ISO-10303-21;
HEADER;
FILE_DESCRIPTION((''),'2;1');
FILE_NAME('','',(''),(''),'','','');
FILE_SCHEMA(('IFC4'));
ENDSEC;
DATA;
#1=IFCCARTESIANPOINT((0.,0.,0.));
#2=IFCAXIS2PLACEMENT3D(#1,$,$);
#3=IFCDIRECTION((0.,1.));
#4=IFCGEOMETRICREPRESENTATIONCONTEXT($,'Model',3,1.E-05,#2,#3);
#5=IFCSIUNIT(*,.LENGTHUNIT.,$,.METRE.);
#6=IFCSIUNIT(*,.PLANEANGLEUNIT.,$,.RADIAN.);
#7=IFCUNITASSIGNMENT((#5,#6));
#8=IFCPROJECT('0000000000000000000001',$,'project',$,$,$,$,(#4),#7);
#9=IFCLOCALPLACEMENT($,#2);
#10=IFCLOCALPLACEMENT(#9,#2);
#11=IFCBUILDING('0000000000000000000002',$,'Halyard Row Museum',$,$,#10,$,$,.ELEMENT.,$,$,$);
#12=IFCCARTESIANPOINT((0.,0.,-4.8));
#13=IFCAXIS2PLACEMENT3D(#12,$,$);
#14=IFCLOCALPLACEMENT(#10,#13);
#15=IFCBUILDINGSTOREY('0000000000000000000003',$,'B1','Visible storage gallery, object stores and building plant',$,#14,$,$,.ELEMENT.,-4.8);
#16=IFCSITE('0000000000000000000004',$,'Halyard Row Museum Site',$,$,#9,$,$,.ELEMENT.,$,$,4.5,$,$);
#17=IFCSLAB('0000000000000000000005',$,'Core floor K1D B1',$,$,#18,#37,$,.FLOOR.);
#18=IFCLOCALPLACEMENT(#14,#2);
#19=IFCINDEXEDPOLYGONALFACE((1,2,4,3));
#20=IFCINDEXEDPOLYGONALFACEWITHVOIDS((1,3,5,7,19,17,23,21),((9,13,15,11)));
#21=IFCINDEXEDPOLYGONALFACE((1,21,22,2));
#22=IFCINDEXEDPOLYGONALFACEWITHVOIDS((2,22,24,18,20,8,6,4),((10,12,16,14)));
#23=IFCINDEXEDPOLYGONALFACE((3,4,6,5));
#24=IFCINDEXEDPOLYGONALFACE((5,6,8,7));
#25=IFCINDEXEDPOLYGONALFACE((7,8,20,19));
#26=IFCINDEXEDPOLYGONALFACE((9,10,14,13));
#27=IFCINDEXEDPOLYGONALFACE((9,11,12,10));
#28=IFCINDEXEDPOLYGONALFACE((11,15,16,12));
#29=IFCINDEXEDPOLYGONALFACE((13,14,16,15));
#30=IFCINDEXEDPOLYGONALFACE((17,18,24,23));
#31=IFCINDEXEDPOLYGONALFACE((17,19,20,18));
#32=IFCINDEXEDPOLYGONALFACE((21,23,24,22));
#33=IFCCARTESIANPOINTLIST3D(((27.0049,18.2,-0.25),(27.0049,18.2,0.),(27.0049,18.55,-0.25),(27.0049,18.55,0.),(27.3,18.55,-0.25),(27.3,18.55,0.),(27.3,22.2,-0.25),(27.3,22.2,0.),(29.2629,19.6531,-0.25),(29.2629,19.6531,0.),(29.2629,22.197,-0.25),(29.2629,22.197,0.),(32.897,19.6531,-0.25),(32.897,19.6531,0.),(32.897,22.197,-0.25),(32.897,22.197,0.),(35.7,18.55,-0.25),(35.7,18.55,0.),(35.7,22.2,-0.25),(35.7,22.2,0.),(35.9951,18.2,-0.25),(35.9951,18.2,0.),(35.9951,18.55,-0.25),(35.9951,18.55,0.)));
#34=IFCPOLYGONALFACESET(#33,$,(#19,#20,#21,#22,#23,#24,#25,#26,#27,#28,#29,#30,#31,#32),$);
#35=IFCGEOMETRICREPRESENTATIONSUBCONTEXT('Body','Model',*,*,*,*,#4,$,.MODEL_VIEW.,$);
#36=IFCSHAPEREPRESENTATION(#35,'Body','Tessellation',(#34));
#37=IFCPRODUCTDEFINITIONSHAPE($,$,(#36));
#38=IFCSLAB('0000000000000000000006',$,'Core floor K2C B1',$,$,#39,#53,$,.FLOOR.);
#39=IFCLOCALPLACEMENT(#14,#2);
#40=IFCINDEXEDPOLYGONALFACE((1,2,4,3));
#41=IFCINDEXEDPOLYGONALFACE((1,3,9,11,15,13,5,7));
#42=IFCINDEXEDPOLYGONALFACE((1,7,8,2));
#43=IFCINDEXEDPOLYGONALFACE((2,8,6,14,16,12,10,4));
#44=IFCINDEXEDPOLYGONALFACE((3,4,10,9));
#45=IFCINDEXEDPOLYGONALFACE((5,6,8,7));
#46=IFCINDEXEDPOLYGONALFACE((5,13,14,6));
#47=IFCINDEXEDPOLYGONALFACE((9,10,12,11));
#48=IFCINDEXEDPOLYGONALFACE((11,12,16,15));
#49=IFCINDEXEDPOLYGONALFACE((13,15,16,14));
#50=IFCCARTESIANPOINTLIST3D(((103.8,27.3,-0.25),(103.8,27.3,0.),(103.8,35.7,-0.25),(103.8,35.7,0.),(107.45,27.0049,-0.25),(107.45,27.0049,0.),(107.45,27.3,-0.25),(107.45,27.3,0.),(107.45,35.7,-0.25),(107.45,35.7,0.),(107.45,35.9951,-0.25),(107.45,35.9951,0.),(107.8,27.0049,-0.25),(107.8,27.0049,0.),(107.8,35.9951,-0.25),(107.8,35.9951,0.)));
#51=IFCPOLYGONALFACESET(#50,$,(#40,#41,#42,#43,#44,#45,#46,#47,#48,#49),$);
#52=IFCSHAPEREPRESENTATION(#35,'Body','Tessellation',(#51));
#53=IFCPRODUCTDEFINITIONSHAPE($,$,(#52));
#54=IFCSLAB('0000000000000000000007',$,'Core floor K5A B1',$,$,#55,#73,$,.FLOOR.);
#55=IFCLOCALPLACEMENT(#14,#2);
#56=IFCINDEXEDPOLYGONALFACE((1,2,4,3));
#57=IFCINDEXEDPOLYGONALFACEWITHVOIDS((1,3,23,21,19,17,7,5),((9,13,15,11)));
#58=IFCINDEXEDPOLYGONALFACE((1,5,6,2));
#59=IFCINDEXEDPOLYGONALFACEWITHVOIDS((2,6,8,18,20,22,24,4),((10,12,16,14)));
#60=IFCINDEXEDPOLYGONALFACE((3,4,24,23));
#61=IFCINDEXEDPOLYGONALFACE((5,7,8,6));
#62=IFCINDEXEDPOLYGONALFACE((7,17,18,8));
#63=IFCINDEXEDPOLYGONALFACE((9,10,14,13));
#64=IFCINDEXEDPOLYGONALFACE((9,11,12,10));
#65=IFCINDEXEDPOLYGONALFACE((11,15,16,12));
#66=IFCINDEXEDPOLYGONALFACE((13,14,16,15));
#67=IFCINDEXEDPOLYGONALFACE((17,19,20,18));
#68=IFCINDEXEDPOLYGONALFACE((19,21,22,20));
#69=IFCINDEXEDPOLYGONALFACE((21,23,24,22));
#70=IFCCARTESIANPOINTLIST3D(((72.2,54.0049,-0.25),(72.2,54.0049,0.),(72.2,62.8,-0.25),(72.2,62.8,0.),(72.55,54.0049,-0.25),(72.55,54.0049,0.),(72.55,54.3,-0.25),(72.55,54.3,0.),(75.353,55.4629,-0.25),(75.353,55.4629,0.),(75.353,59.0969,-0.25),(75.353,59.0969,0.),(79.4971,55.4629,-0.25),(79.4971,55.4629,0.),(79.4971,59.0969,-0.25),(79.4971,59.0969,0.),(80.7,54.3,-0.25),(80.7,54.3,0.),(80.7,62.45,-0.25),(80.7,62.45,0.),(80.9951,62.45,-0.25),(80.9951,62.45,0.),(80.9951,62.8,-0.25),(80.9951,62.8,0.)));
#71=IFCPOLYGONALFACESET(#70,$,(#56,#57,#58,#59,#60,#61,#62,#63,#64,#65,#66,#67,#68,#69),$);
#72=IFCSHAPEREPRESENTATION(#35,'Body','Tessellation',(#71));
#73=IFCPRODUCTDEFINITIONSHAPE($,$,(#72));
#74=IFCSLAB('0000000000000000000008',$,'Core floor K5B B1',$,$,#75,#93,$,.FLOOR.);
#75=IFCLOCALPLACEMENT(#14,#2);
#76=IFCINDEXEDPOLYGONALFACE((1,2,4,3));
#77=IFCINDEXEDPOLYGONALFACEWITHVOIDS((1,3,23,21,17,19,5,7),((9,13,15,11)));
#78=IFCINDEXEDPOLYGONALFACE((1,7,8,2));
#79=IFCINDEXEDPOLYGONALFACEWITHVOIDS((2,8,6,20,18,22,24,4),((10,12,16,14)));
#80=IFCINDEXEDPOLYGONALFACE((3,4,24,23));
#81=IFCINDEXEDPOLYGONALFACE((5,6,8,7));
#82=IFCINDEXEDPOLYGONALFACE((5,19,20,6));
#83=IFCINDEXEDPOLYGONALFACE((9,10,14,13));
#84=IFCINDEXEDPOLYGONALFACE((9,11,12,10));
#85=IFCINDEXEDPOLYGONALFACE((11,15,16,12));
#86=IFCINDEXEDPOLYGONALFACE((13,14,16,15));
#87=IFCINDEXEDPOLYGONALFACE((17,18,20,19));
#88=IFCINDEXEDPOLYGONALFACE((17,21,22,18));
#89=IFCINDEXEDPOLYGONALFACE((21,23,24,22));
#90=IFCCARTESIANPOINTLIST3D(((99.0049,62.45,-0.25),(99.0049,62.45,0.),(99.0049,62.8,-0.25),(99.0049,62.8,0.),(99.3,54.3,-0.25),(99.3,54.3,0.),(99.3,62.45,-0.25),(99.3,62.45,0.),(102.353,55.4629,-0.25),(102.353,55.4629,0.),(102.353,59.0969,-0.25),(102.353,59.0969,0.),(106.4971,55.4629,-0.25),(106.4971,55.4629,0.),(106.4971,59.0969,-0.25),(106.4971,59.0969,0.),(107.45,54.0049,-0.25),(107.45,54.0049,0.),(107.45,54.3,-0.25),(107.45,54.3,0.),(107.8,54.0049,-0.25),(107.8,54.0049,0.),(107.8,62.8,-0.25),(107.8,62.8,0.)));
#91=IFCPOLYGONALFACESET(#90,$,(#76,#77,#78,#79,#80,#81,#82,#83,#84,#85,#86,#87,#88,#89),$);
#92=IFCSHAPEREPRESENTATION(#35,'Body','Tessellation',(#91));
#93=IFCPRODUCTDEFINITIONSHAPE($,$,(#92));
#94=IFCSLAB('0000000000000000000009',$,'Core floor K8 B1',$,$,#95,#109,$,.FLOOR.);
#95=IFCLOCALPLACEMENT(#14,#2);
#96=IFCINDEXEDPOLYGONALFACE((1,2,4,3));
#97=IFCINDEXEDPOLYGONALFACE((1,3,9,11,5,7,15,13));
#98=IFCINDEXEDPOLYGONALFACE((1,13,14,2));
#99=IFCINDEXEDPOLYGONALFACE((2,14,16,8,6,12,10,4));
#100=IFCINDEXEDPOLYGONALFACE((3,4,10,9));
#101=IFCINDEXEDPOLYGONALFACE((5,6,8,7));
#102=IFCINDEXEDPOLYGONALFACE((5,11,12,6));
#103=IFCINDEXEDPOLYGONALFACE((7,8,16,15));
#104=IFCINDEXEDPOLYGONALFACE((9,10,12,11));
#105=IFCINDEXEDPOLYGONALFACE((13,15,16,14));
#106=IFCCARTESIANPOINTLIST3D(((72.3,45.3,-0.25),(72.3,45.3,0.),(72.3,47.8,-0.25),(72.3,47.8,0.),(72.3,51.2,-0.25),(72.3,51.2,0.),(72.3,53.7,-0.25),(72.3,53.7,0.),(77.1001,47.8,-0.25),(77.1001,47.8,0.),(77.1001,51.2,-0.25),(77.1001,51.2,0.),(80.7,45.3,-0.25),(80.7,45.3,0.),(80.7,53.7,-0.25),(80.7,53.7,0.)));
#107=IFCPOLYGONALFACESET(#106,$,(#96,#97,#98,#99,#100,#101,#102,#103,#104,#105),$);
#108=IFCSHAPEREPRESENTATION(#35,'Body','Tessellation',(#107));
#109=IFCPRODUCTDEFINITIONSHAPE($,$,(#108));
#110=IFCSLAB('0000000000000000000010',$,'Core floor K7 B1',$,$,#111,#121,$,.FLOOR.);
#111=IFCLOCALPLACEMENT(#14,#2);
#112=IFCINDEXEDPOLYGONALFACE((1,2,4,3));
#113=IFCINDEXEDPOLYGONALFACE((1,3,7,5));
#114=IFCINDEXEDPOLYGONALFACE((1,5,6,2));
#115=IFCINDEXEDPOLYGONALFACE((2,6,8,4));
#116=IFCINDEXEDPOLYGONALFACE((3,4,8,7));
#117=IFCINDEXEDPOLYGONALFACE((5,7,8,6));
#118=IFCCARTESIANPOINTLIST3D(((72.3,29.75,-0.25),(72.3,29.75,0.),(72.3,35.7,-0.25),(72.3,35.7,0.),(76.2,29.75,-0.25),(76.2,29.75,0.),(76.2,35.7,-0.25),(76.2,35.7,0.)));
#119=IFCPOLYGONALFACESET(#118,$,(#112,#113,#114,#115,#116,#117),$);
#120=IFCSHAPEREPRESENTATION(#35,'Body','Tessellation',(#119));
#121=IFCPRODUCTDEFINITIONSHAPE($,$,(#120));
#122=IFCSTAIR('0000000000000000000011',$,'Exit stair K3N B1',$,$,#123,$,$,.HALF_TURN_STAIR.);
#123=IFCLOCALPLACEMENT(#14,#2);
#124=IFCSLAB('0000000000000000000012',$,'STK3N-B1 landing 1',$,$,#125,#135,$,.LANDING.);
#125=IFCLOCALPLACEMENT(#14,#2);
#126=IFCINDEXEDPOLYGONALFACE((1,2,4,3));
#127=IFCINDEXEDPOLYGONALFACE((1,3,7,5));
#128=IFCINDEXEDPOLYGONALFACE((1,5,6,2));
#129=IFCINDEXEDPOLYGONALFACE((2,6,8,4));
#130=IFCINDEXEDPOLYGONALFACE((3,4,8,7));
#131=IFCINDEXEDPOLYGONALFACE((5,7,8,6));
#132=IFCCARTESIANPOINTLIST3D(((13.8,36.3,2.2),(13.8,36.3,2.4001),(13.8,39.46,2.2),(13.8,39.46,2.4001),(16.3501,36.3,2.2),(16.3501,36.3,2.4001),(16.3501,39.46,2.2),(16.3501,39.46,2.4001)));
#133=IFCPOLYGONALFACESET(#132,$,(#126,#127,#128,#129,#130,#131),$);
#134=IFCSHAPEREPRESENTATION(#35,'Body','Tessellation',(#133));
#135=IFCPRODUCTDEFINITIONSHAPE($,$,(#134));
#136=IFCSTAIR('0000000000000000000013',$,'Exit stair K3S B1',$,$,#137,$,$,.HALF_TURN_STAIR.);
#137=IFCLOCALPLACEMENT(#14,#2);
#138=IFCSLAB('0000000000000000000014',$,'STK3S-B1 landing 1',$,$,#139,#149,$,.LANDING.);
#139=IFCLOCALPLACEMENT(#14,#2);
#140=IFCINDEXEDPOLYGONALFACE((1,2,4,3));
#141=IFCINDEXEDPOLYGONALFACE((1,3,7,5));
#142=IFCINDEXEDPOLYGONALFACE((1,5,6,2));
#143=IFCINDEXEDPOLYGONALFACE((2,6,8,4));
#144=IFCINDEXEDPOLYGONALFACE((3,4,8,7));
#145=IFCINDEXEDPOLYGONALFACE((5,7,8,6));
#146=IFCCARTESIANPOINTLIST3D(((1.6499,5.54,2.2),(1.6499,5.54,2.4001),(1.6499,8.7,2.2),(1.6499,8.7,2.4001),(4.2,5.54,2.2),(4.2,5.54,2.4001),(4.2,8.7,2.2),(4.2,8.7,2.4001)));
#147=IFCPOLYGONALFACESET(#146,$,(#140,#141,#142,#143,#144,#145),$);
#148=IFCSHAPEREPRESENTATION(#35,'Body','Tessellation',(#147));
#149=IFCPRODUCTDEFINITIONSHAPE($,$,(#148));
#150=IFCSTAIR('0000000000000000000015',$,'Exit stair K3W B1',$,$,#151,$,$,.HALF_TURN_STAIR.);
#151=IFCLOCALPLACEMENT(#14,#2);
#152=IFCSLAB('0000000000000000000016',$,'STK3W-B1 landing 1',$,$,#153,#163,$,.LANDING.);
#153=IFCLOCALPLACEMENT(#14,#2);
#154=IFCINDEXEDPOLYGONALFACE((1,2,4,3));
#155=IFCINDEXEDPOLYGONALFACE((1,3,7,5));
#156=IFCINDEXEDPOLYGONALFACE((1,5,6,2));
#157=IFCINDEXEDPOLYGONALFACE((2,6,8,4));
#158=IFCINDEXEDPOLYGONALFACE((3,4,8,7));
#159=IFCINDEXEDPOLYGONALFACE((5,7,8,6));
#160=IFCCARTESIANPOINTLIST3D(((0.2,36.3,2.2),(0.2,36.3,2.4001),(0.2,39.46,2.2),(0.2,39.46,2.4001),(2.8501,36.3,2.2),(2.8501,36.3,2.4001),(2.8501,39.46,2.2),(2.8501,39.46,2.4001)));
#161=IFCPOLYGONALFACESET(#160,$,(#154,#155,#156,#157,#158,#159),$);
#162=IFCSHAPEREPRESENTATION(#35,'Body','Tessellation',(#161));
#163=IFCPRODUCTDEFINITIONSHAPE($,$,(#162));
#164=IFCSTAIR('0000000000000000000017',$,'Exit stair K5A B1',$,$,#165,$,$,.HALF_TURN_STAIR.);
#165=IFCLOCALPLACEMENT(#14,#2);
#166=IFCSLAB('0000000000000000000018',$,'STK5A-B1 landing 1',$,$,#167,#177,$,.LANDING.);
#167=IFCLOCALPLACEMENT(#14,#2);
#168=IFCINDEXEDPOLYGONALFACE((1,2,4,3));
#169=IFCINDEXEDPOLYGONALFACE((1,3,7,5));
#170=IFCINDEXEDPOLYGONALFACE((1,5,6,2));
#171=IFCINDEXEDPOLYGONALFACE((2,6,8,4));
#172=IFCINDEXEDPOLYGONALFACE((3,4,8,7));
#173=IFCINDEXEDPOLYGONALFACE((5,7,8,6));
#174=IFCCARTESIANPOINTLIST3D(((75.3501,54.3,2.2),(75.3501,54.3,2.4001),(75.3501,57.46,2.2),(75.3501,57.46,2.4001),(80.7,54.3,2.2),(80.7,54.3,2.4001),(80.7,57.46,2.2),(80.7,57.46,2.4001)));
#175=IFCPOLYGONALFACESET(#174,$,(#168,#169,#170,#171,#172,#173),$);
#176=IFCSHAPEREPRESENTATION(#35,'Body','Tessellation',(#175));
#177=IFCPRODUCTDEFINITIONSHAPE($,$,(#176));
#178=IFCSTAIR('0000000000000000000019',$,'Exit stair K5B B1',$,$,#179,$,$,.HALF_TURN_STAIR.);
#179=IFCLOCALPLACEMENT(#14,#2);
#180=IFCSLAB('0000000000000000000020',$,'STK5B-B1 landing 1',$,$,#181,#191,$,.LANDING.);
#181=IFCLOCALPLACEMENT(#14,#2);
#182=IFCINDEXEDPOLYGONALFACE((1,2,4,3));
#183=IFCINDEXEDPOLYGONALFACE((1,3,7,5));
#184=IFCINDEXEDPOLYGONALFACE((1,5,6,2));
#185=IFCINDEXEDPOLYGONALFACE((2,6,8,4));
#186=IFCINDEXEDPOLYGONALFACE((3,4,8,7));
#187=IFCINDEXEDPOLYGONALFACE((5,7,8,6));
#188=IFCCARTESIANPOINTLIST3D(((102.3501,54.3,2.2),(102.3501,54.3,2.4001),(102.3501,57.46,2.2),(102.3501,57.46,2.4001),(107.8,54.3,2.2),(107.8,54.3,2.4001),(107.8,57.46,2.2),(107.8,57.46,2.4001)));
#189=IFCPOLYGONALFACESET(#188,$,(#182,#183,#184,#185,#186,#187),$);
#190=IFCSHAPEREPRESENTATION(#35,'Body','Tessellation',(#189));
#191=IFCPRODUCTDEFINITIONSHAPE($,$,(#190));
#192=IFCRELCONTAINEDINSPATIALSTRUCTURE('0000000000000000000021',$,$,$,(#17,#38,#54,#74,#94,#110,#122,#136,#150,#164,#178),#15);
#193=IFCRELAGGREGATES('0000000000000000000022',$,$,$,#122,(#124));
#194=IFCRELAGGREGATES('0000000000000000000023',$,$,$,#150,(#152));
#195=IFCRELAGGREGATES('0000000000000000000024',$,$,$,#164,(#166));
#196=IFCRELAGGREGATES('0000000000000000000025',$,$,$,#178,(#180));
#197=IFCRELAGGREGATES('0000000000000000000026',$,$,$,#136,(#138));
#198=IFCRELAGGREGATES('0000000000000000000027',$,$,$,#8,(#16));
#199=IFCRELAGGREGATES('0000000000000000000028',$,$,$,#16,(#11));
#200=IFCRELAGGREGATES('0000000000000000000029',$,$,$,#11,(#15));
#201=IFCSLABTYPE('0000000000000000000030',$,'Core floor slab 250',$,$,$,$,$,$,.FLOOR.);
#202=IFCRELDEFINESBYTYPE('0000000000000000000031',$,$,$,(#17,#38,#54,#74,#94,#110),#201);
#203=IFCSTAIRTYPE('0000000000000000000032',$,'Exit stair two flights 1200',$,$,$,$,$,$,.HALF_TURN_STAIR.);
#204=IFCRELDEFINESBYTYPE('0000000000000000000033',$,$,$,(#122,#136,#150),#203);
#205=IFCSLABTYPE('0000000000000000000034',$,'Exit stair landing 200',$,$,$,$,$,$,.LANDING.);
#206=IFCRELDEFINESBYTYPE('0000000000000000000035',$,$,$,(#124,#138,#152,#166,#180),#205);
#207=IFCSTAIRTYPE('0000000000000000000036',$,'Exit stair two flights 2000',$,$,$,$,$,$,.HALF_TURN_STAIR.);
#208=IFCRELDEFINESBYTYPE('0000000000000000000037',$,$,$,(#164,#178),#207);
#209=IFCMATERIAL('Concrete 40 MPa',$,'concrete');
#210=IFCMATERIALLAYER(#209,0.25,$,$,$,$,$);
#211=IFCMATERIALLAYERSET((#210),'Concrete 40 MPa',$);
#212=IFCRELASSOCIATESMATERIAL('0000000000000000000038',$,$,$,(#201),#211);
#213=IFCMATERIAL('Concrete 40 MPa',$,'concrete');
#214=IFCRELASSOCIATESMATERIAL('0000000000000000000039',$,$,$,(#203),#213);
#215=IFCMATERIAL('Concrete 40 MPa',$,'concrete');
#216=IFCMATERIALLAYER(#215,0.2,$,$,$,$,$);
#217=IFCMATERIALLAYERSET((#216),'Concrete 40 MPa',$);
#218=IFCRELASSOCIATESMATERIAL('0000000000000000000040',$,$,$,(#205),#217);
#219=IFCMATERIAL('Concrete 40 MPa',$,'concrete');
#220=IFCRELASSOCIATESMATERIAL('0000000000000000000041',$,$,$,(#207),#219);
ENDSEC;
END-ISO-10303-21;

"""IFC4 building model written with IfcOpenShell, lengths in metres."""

from ifc_helpers import new_model, si_unit, direction, frame, origin, place, context, subcontext, project, spatial, polyline, outline, extrude, material, layer, layer_set, type_object, element, aggregate, save


model = new_model("IFC4")

# Units and contexts
model_context = context("Model", 3, precision=1e-05, world=origin(), true_north=direction((0.0, 1.0)))
body_context = subcontext(model_context, "Body", "Model", "MODEL_VIEW")
ifc_project = project(units=[si_unit("LENGTHUNIT", "METRE"), si_unit("PLANEANGLEUNIT", "RADIAN")], contexts=[model_context])

# Site, building, storey
site_placement = place(None, origin())
site = spatial("IfcSite", under=ifc_project, at=site_placement, Name="Halyard Row Museum Site", CompositionType="ELEMENT", RefElevation=4.5)
building_placement = place(site_placement, origin())
building = spatial("IfcBuilding", under=site, at=building_placement, Name="Halyard Row Museum", CompositionType="ELEMENT")
storey_placement = place(building_placement, frame((0.0, 0.0, -4.8)))
storey = spatial("IfcBuildingStorey", under=building, at=storey_placement, Name="B1", Description="Visible storage gallery, object stores and building plant", CompositionType="ELEMENT", Elevation=-4.8)

# Slabs
ifc_material_1 = material(Name="Concrete 40 MPa", Category="concrete")
ifc_layer_1 = layer(ifc_material_1, 0.25)
ifc_layer_set_1 = layer_set([ifc_layer_1], Name="Concrete 40 MPa")
slab_type_1 = type_object("IfcSlabType", Name="Core floor slab 250", PredefinedType="FLOOR", material=ifc_layer_set_1)
slab_1_placement = place(storey_placement, frame((0.0, 0.0, -0.25)))
element("IfcSlab", 1, at=slab_1_placement, inside=storey, type_object=slab_type_1, Name="Core floor K1D B1", PredefinedType="FLOOR", context=body_context, shape_type="SweptSolid", body=[
    extrude(outline(polyline([(27.0049, 18.2), (35.9951, 18.2), (35.9951, 18.55), (35.7, 18.55), (35.7, 22.2), (27.3, 22.2), (27.3, 18.55), (27.0049, 18.55), (27.0049, 18.2)]), holes=[polyline([(29.2629, 19.6531), (29.2629, 22.197), (32.897, 22.197), (32.897, 19.6531), (29.2629, 19.6531)])]), origin(), (0.0, 0.0, 1.0), 0.25),
])
slab_2_placement = place(storey_placement, frame((0.0, 0.0, -0.25)))
element("IfcSlab", 2, at=slab_2_placement, inside=storey, type_object=slab_type_1, Name="Core floor K2C B1", PredefinedType="FLOOR", context=body_context, shape_type="SweptSolid", body=[
    extrude(outline(polyline([(103.8, 35.7), (103.8, 27.3), (107.45, 27.3), (107.45, 27.0049), (107.8, 27.0049), (107.8, 35.9951), (107.45, 35.9951), (107.45, 35.7), (103.8, 35.7)])), origin(), (0.0, 0.0, 1.0), 0.25),
])
slab_3_placement = place(storey_placement, frame((0.0, 0.0, -0.25)))
element("IfcSlab", 3, at=slab_3_placement, inside=storey, type_object=slab_type_1, Name="Core floor K5A B1", PredefinedType="FLOOR", context=body_context, shape_type="SweptSolid", body=[
    extrude(outline(polyline([(72.2, 62.8), (72.2, 54.0049), (72.55, 54.0049), (72.55, 54.3), (80.7, 54.3), (80.7, 62.45), (80.9951, 62.45), (80.9951, 62.8), (72.2, 62.8)]), holes=[polyline([(79.4971, 55.4629), (75.353, 55.4629), (75.353, 59.0969), (79.4971, 59.0969), (79.4971, 55.4629)])]), origin(), (0.0, 0.0, 1.0), 0.25),
])
slab_4_placement = place(storey_placement, frame((0.0, 0.0, -0.25)))
element("IfcSlab", 4, at=slab_4_placement, inside=storey, type_object=slab_type_1, Name="Core floor K5B B1", PredefinedType="FLOOR", context=body_context, shape_type="SweptSolid", body=[
    extrude(outline(polyline([(107.8, 62.8), (99.0049, 62.8), (99.0049, 62.45), (99.3, 62.45), (99.3, 54.3), (107.45, 54.3), (107.45, 54.0049), (107.8, 54.0049), (107.8, 62.8)]), holes=[polyline([(106.4971, 55.4629), (102.353, 55.4629), (102.353, 59.0969), (106.4971, 59.0969), (106.4971, 55.4629)])]), origin(), (0.0, 0.0, 1.0), 0.25),
])
slab_5_placement = place(storey_placement, frame((0.0, 0.0, -0.25)))
element("IfcSlab", 5, at=slab_5_placement, inside=storey, type_object=slab_type_1, Name="Core floor K8 B1", PredefinedType="FLOOR", context=body_context, shape_type="SweptSolid", body=[
    extrude(outline(polyline([(80.7, 53.7), (72.3, 53.7), (72.3, 51.2), (77.1001, 51.2), (77.1001, 47.8), (72.3, 47.8), (72.3, 45.3), (80.7, 45.3), (80.7, 53.7)])), origin(), (0.0, 0.0, 1.0), 0.25),
])
slab_6_placement = place(storey_placement, frame((0.0, 0.0, -0.25)))
element("IfcSlab", 6, at=slab_6_placement, inside=storey, type_object=slab_type_1, Name="Core floor K7 B1", PredefinedType="FLOOR", context=body_context, shape_type="SweptSolid", body=[
    extrude(outline(polyline([(76.2, 35.7), (72.3, 35.7), (72.3, 29.75), (76.2, 29.75), (76.2, 35.7)])), origin(), (0.0, 0.0, 1.0), 0.25),
])

# Stairs, slabs
ifc_material_2 = material(Name="Concrete 40 MPa", Category="concrete")
stair_type_1 = type_object("IfcStairType", Name="Exit stair two flights 1200", PredefinedType="HALF_TURN_STAIR", material=ifc_material_2)
stair_1_placement = place(storey_placement, origin())
stair_1 = element("IfcStair", 7, at=stair_1_placement, inside=storey, type_object=stair_type_1, Name="Exit stair K3N B1", PredefinedType="HALF_TURN_STAIR")
ifc_material_3 = material(Name="Concrete 40 MPa", Category="concrete")
ifc_layer_2 = layer(ifc_material_3, 0.2)
ifc_layer_set_2 = layer_set([ifc_layer_2], Name="Concrete 40 MPa")
slab_type_2 = type_object("IfcSlabType", Name="Exit stair landing 200", PredefinedType="LANDING", material=ifc_layer_set_2)
slab_7_placement = place(storey_placement, frame((0.0, 0.0, 2.2)))
slab_7 = element("IfcSlab", 8, at=slab_7_placement, type_object=slab_type_2, Name="STK3N-B1 landing 1", PredefinedType="LANDING", context=body_context, shape_type="SweptSolid", body=[
    extrude(outline(polyline([(16.3501, 39.46), (13.8, 39.46), (13.8, 36.3), (16.3501, 36.3), (16.3501, 39.46)])), origin(), (0.0, 0.0, 1.0), 0.2002),
])
aggregate(stair_1, [slab_7])
stair_2_placement = place(storey_placement, origin())
stair_2 = element("IfcStair", 9, at=stair_2_placement, inside=storey, type_object=stair_type_1, Name="Exit stair K3S B1", PredefinedType="HALF_TURN_STAIR")
slab_8_placement = place(storey_placement, frame((0.0, 0.0, 2.2)))
slab_8 = element("IfcSlab", 10, at=slab_8_placement, type_object=slab_type_2, Name="STK3S-B1 landing 1", PredefinedType="LANDING", context=body_context, shape_type="SweptSolid", body=[
    extrude(outline(polyline([(1.6499, 5.54), (4.2, 5.54), (4.2, 8.7), (1.6499, 8.7), (1.6499, 5.54)])), origin(), (0.0, 0.0, 1.0), 0.2002),
])
stair_3_placement = place(storey_placement, origin())
stair_3 = element("IfcStair", 11, at=stair_3_placement, inside=storey, type_object=stair_type_1, Name="Exit stair K3W B1", PredefinedType="HALF_TURN_STAIR")
slab_9_placement = place(storey_placement, frame((0.0, 0.0, 2.2)))
slab_9 = element("IfcSlab", 12, at=slab_9_placement, type_object=slab_type_2, Name="STK3W-B1 landing 1", PredefinedType="LANDING", context=body_context, shape_type="SweptSolid", body=[
    extrude(outline(polyline([(0.2, 36.3), (0.2, 39.46), (2.8501, 39.46), (2.8501, 36.3), (0.2, 36.3)])), origin(), (0.0, 0.0, 1.0), 0.2002),
])
aggregate(stair_3, [slab_9])
ifc_material_4 = material(Name="Concrete 40 MPa", Category="concrete")
stair_type_2 = type_object("IfcStairType", Name="Exit stair two flights 2000", PredefinedType="HALF_TURN_STAIR", material=ifc_material_4)
stair_4_placement = place(storey_placement, origin())
stair_4 = element("IfcStair", 13, at=stair_4_placement, inside=storey, type_object=stair_type_2, Name="Exit stair K5A B1", PredefinedType="HALF_TURN_STAIR")
slab_10_placement = place(storey_placement, frame((0.0, 0.0, 2.2)))
slab_10 = element("IfcSlab", 14, at=slab_10_placement, type_object=slab_type_2, Name="STK5A-B1 landing 1", PredefinedType="LANDING", context=body_context, shape_type="SweptSolid", body=[
    extrude(outline(polyline([(80.7, 57.46), (75.3501, 57.46), (75.3501, 54.3), (80.7, 54.3), (80.7, 57.46)])), origin(), (0.0, 0.0, 1.0), 0.2002),
])
aggregate(stair_4, [slab_10])
stair_5_placement = place(storey_placement, origin())
stair_5 = element("IfcStair", 15, at=stair_5_placement, inside=storey, type_object=stair_type_2, Name="Exit stair K5B B1", PredefinedType="HALF_TURN_STAIR")
slab_11_placement = place(storey_placement, frame((0.0, 0.0, 2.2)))
slab_11 = element("IfcSlab", 16, at=slab_11_placement, type_object=slab_type_2, Name="STK5B-B1 landing 1", PredefinedType="LANDING", context=body_context, shape_type="SweptSolid", body=[
    extrude(outline(polyline([(102.3501, 54.3), (102.3501, 57.46), (107.8, 57.46), (107.8, 54.3), (102.3501, 54.3)])), origin(), (0.0, 0.0, 1.0), 0.2002),
])
aggregate(stair_5, [slab_11])

aggregate(stair_2, [slab_8])

save(model, "model.ifc")
